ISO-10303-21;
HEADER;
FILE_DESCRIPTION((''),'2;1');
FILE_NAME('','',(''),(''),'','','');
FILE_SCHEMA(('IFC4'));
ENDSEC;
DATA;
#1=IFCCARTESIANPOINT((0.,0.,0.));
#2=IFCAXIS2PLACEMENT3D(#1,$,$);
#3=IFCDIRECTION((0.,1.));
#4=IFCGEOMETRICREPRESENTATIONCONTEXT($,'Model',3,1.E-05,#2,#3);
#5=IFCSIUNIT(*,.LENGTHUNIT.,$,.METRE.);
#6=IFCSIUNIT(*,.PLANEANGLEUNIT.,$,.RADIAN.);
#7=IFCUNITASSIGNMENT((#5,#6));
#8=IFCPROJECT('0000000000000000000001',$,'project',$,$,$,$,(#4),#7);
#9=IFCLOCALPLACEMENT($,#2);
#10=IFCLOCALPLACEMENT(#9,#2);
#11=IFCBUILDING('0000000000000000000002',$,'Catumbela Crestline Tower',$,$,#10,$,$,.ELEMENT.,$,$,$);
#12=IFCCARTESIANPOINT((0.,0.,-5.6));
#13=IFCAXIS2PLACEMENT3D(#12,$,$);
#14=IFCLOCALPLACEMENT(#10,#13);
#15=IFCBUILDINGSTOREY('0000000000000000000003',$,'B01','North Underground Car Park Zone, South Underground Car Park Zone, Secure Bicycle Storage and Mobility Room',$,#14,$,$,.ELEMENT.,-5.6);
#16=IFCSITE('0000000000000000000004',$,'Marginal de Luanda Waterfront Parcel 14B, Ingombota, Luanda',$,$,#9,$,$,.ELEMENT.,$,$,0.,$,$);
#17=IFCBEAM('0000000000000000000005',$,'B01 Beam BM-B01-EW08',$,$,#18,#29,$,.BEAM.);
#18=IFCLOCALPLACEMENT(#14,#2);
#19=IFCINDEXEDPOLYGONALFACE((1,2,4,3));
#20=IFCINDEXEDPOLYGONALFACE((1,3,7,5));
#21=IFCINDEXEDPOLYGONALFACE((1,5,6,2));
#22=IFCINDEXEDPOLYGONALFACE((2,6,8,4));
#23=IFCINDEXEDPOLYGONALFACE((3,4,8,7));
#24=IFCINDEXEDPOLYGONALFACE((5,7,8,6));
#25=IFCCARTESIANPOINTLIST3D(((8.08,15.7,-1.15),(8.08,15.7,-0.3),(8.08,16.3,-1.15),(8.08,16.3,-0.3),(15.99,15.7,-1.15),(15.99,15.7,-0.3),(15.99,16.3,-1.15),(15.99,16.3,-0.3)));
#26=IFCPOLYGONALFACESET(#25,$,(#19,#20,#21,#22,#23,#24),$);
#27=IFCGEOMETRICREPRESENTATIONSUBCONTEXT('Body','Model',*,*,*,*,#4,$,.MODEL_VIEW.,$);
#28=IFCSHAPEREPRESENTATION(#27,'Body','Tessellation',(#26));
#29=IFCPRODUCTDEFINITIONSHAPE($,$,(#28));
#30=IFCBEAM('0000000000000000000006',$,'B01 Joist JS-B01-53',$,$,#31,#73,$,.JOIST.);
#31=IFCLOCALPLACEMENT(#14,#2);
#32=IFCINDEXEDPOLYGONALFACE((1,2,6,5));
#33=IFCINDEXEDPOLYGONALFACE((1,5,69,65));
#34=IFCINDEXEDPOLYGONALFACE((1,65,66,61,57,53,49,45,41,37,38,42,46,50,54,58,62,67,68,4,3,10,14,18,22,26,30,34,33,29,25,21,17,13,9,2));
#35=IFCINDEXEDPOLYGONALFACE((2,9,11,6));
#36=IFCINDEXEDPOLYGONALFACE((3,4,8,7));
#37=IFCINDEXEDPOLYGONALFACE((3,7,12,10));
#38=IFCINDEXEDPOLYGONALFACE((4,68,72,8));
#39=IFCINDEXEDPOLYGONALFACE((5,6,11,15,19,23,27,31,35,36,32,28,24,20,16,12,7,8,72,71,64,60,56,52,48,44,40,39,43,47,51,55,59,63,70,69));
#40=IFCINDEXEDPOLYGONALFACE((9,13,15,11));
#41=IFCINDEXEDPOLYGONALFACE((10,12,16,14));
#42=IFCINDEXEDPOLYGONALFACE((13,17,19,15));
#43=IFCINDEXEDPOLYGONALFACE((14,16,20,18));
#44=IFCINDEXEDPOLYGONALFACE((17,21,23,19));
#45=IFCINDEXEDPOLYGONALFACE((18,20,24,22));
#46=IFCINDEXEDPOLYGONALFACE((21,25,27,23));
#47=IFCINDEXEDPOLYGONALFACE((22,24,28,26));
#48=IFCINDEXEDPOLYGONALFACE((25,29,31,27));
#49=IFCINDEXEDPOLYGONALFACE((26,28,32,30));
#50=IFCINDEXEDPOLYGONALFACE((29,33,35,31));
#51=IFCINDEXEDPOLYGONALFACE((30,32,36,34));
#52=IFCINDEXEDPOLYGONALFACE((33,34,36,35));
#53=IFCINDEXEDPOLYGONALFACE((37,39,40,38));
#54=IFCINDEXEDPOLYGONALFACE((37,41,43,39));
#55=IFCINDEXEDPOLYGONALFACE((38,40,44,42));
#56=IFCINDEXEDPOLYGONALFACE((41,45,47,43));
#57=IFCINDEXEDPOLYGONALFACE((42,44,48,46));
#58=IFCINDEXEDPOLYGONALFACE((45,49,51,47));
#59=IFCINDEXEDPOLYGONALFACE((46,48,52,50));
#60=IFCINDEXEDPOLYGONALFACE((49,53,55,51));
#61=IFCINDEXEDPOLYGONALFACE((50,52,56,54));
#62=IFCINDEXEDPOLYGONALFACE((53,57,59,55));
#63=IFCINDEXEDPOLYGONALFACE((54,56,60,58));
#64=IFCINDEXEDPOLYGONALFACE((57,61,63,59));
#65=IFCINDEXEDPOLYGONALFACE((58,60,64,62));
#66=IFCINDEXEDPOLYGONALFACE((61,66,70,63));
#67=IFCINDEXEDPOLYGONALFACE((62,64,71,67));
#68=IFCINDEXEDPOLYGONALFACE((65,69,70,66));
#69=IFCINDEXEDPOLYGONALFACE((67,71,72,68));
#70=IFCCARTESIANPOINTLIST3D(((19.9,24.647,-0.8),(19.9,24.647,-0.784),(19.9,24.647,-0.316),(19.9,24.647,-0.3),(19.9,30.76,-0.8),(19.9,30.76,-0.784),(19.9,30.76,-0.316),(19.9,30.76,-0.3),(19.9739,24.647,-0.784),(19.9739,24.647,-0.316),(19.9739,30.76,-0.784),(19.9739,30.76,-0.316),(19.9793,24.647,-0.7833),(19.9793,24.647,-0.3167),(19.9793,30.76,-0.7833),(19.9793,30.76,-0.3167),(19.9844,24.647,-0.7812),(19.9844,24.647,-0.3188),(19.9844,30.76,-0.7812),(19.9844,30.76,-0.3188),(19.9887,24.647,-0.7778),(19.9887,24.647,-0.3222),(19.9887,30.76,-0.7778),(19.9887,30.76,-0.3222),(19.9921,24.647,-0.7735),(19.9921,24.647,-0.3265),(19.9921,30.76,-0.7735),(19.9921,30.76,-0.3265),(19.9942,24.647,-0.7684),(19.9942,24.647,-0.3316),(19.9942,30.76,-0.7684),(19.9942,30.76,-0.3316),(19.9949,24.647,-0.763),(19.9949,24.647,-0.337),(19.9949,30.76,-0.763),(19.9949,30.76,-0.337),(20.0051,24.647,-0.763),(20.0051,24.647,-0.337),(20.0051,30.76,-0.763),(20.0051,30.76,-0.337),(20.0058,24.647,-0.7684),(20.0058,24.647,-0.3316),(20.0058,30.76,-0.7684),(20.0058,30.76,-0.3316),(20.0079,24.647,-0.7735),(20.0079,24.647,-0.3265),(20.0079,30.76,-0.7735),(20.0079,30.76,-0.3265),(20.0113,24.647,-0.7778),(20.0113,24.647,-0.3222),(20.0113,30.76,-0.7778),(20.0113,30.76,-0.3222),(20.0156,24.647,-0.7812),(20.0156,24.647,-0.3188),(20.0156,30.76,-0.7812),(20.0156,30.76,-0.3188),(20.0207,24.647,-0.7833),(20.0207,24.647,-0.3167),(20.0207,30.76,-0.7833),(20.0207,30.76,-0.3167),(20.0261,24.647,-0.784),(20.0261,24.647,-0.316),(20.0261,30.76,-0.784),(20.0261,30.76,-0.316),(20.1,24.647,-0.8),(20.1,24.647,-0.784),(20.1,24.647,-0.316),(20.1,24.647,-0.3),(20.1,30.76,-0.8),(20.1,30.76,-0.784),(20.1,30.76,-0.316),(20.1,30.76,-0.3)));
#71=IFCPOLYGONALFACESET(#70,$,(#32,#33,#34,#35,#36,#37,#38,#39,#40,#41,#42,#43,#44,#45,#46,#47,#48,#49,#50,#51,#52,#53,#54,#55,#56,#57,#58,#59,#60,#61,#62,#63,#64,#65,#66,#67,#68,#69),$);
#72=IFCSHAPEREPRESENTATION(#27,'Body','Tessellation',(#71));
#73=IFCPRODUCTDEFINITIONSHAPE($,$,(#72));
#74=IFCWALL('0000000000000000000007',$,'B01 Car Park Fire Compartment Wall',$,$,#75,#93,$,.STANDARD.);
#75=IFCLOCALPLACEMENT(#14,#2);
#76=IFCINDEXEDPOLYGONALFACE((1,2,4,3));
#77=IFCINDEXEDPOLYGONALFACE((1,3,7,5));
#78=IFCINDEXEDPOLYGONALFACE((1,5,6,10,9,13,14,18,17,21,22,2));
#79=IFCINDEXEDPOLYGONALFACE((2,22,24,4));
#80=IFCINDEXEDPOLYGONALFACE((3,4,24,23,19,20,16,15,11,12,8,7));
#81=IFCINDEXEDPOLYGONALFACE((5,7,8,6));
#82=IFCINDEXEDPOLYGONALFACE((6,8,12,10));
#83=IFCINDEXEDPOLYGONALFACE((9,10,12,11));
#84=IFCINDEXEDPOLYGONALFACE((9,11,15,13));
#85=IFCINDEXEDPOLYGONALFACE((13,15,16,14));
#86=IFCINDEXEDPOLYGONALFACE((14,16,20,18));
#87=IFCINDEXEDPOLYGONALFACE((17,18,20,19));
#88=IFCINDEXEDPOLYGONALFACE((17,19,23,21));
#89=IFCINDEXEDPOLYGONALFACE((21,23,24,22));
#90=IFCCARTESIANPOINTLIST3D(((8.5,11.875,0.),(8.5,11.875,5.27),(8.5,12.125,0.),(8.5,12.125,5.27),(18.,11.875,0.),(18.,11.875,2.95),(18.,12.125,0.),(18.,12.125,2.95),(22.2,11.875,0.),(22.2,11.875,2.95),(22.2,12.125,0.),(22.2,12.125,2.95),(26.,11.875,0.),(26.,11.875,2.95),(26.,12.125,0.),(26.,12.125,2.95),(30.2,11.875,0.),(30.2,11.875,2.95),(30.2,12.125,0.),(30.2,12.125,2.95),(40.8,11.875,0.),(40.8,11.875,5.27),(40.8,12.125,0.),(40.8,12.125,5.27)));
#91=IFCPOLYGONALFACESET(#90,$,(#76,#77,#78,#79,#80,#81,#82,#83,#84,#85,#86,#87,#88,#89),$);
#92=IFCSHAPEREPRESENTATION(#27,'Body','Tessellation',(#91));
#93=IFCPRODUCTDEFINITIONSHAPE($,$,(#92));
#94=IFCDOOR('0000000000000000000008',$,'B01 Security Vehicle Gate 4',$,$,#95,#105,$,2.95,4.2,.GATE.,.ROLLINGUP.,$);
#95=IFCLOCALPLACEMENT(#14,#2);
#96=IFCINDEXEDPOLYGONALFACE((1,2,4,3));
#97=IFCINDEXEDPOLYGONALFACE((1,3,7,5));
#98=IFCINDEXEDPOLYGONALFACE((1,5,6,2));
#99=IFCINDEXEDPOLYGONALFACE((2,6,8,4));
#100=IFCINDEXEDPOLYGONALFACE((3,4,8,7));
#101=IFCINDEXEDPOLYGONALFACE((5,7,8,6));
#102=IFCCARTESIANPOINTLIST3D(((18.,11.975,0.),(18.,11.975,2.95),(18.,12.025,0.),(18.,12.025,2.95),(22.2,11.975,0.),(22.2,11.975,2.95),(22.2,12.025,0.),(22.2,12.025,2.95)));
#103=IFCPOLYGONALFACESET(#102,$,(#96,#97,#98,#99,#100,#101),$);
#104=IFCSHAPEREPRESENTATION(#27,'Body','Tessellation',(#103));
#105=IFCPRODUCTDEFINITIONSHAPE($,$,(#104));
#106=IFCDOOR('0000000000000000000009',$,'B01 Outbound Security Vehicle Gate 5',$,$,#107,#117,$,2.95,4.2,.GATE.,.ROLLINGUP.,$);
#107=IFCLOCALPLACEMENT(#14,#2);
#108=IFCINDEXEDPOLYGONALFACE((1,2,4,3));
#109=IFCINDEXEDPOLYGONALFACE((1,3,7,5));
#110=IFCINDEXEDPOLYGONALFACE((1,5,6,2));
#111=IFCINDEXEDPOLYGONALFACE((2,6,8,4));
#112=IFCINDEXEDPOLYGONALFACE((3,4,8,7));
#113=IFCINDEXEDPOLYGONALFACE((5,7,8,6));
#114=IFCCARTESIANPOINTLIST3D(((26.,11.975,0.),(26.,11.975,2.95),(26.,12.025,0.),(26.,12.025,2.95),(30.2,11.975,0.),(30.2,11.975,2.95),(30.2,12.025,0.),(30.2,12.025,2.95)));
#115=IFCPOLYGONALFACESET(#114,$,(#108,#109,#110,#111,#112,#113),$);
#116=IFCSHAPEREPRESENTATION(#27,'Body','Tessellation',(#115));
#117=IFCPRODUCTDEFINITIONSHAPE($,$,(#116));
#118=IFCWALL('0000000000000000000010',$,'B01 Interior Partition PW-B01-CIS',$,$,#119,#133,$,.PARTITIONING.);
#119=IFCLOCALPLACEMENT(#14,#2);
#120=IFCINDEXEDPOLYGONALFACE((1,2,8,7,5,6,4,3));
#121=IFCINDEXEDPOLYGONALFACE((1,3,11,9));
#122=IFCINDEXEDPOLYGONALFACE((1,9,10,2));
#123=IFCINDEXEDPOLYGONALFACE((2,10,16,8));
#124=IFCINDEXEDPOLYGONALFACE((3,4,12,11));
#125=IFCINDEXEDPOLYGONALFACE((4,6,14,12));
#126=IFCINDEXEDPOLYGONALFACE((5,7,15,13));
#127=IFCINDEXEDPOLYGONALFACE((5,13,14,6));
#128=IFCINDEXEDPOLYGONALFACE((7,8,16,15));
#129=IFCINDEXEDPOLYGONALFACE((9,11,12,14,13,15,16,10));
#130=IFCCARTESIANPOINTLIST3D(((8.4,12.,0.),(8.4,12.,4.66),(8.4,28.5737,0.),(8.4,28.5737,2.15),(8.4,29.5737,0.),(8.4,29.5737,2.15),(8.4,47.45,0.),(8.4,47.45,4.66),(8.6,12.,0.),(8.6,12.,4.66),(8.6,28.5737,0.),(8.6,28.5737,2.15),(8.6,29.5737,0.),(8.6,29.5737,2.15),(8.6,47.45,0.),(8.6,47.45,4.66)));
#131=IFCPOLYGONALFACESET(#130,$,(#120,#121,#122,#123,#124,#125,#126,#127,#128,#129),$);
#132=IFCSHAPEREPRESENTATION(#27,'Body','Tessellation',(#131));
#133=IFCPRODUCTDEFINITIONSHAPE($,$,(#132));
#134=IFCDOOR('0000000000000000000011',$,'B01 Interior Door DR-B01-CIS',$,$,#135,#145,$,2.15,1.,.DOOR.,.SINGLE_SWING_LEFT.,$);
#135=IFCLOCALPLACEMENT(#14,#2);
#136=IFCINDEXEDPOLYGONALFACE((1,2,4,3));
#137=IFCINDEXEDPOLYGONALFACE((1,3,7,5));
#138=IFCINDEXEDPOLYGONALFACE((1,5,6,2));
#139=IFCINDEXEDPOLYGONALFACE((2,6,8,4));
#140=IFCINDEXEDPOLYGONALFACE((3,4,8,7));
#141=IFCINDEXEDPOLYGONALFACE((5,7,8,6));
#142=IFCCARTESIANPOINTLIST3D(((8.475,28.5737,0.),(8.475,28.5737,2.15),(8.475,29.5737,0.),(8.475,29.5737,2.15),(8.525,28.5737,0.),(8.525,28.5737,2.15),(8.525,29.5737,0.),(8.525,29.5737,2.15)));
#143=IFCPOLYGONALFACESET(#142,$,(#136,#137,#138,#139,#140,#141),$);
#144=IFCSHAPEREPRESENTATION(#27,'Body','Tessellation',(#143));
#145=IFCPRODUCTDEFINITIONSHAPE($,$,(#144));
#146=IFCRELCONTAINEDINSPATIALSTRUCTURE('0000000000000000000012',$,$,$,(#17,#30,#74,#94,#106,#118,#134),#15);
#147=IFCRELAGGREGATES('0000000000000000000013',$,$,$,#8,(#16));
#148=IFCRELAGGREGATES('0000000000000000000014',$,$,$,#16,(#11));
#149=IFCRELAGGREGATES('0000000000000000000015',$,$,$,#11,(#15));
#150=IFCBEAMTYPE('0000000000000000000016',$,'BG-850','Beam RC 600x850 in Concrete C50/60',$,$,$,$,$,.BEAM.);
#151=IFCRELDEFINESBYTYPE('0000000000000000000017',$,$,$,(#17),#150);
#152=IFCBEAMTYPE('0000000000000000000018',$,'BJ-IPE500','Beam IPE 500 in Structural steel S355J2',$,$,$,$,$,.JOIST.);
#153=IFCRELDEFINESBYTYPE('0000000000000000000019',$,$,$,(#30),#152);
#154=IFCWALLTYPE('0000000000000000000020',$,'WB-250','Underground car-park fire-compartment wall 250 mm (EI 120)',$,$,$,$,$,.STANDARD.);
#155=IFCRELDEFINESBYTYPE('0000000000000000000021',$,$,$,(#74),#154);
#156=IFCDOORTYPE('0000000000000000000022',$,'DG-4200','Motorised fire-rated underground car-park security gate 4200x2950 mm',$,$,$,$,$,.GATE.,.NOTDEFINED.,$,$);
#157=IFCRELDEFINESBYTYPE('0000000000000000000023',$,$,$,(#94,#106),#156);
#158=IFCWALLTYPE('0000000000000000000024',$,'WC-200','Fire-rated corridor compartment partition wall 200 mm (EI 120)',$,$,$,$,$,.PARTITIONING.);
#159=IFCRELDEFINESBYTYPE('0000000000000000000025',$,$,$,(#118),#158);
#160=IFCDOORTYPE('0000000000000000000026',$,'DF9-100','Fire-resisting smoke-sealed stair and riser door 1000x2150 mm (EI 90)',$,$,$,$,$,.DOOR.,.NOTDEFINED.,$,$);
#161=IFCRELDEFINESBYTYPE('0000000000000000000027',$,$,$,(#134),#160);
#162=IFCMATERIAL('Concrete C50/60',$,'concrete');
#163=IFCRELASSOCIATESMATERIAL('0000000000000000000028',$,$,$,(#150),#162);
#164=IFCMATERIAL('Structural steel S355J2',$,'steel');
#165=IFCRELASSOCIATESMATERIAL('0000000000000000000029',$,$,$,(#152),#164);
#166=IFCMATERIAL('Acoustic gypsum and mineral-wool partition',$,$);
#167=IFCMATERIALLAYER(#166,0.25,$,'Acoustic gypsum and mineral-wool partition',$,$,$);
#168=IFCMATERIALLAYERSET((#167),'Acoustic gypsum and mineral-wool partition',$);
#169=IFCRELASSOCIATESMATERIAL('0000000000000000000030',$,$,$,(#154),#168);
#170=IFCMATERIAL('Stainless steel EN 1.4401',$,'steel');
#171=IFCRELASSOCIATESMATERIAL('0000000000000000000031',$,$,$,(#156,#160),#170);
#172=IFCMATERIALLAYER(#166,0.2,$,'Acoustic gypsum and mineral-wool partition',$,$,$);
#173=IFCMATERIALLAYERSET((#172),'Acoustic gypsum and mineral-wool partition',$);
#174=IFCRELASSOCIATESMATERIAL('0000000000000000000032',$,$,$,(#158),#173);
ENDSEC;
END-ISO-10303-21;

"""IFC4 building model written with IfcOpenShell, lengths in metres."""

from ifc_helpers import new_model, si_unit, direction, frame, frame_2d, origin, origin_2d, place, context, subcontext, project, spatial, rectangle, i_section, extrude, material, layer, layer_set, material_profile, profile_set, type_object, element, fill, save


model = new_model("IFC4")

# Units and contexts
model_context = context("Model", 3, precision=1e-05, world=origin(), true_north=direction((0.0, 1.0)))
body_context = subcontext(model_context, "Body", "Model", "MODEL_VIEW")
ifc_project = project(units=[si_unit("LENGTHUNIT", "METRE"), si_unit("PLANEANGLEUNIT", "RADIAN")], contexts=[model_context])

# Site, building, storey
site_placement = place(None, origin())
site = spatial("IfcSite", under=ifc_project, at=site_placement, Name="Marginal de Luanda Waterfront Parcel 14B, Ingombota, Luanda", CompositionType="ELEMENT", RefElevation=0.0)
building_placement = place(site_placement, origin())
building = spatial("IfcBuilding", under=site, at=building_placement, Name="Catumbela Crestline Tower", CompositionType="ELEMENT")
storey_placement = place(building_placement, frame((0.0, 0.0, -5.6)))
storey = spatial("IfcBuildingStorey", under=building, at=storey_placement, Name="B01", Description="North Underground Car Park Zone, South Underground Car Park Zone, Secure Bicycle Storage and Mobility Room", CompositionType="ELEMENT", Elevation=-5.6)

# Shared definitions
ifc_material_1 = material(Name="Concrete C50/60", Category="concrete")

# Beams
ifc_material_2 = material(Name="Structural steel S355J2", Category="steel")
ifc_material_profile_1 = material_profile(ifc_material_1, rectangle(XDim=0.6, YDim=0.85, at=origin_2d()), Name="RC 600x850")
ifc_profile_set_1 = profile_set([ifc_material_profile_1], Name="Concrete C50/60")
beam_type_1 = type_object("IfcBeamType", Name="BG-850", Description="Beam RC 600x850 in Concrete C50/60", PredefinedType="BEAM", material=ifc_profile_set_1)
beam_1_placement = place(storey_placement, frame((8.08, 16.0, -0.725), z_axis=(1.0, 0.0, 0.0), x_axis=(0.0, 1.0, 0.0)))
element("IfcBeam", 1, at=beam_1_placement, inside=storey, type_object=beam_type_1, Name="B01 Beam BM-B01-EW08", PredefinedType="BEAM", context=body_context, shape_type="SweptSolid", body=[
    extrude(rectangle(XDim=0.6, YDim=0.85, at=origin_2d()), origin(), (0.0, 0.0, 1.0), 7.91),
])
ifc_material_profile_2 = material_profile(ifc_material_2, i_section(OverallWidth=0.2, OverallDepth=0.5, WebThickness=0.0102, FlangeThickness=0.016, FilletRadius=0.021, at=origin_2d()), Name="IPE 500")
ifc_profile_set_2 = profile_set([ifc_material_profile_2], Name="Structural steel S355J2")
beam_type_2 = type_object("IfcBeamType", Name="BJ-IPE500", Description="Beam IPE 500 in Structural steel S355J2", PredefinedType="JOIST", material=ifc_profile_set_2)
beam_2_placement = place(storey_placement, frame((20.0, 24.647, -0.55), z_axis=(0.0, 1.0, 0.0), x_axis=(-1.0, 0.0, 0.0)))
element("IfcBeam", 2, at=beam_2_placement, inside=storey, type_object=beam_type_2, Name="B01 Joist JS-B01-53", PredefinedType="JOIST", context=body_context, shape_type="SweptSolid", body=[
    extrude(i_section(OverallWidth=0.2, OverallDepth=0.5, WebThickness=0.0102, FlangeThickness=0.016, FilletRadius=0.021, at=origin_2d()), origin(), (0.0, 0.0, 1.0), 6.113),
])

# Wall, openings, doors
ifc_material_3 = material(Name="Acoustic gypsum and mineral-wool partition")
ifc_layer_1 = layer(ifc_material_3, 0.25, Name="Acoustic gypsum and mineral-wool partition")
ifc_layer_set_1 = layer_set([ifc_layer_1], Name="Acoustic gypsum and mineral-wool partition")
wall_type_1 = type_object("IfcWallType", Name="WB-250", Description="Underground car-park fire-compartment wall 250 mm (EI 120)", PredefinedType="STANDARD", material=ifc_layer_set_1)
wall_1_placement = place(storey_placement, frame((8.5, 12.0, 0.0), z_axis=(0.0, 0.0, 1.0), x_axis=(1.0, 0.0, 0.0)))
wall_1 = element("IfcWall", 3, at=wall_1_placement, inside=storey, type_object=wall_type_1, Name="B01 Car Park Fire Compartment Wall", PredefinedType="STANDARD", context=body_context, shape_type="SweptSolid", body=[
    extrude(rectangle(XDim=32.3, YDim=0.25, at=frame_2d((16.15, 0.0))), origin(), (0.0, 0.0, 1.0), 5.27),
])
opening_1_placement = place(wall_1_placement, frame((9.5, 0.0, 0.0)))
opening_1 = element("IfcOpeningElement", 4, at=opening_1_placement, cuts=wall_1, PredefinedType="OPENING", context=body_context, shape_type="SweptSolid", body=[
    extrude(rectangle(XDim=4.2, YDim=2.95, at=frame_2d((2.1, 1.475))), frame((0.0, 0.135, 0.0), z_axis=(0.0, -1.0, 0.0), x_axis=(1.0, 0.0, 0.0)), (0.0, 0.0, 1.0), 0.27),
])
opening_2_placement = place(wall_1_placement, frame((17.5, 0.0, 0.0)))
opening_2 = element("IfcOpeningElement", 5, at=opening_2_placement, cuts=wall_1, PredefinedType="OPENING", context=body_context, shape_type="SweptSolid", body=[
    extrude(rectangle(XDim=4.2, YDim=2.95, at=frame_2d((2.1, 1.475))), frame((0.0, 0.135, 0.0), z_axis=(0.0, -1.0, 0.0), x_axis=(1.0, 0.0, 0.0)), (0.0, 0.0, 1.0), 0.27),
])
ifc_material_4 = material(Name="Stainless steel EN 1.4401", Category="steel")
door_type_1 = type_object("IfcDoorType", Name="DG-4200", Description="Motorised fire-rated underground car-park security gate 4200x2950 mm", OperationType="NOTDEFINED", PredefinedType="GATE", material=ifc_material_4)
door_1_placement = place(opening_1_placement, origin())
door_1 = element("IfcDoor", 6, at=door_1_placement, inside=storey, type_object=door_type_1, Name="B01 Security Vehicle Gate 4", OperationType="ROLLINGUP", OverallHeight=2.95, OverallWidth=4.2, PredefinedType="GATE", context=body_context, shape_type="SweptSolid", body=[
    extrude(rectangle(XDim=4.2, YDim=2.95, at=frame_2d((2.1, 1.475))), frame((0.0, 0.025, 0.0), z_axis=(0.0, -1.0, 0.0), x_axis=(1.0, 0.0, 0.0)), (0.0, 0.0, 1.0), 0.05),
])
fill(opening_1, door_1)
door_2_placement = place(opening_2_placement, origin())
door_2 = element("IfcDoor", 7, at=door_2_placement, inside=storey, type_object=door_type_1, Name="B01 Outbound Security Vehicle Gate 5", OperationType="ROLLINGUP", OverallHeight=2.95, OverallWidth=4.2, PredefinedType="GATE", context=body_context, shape_type="SweptSolid", body=[
    extrude(rectangle(XDim=4.2, YDim=2.95, at=frame_2d((2.1, 1.475))), frame((0.0, 0.025, 0.0), z_axis=(0.0, -1.0, 0.0), x_axis=(1.0, 0.0, 0.0)), (0.0, 0.0, 1.0), 0.05),
])
fill(opening_2, door_2)

# Wall, opening, door
ifc_layer_2 = layer(ifc_material_3, 0.2, Name="Acoustic gypsum and mineral-wool partition")
ifc_layer_set_2 = layer_set([ifc_layer_2], Name="Acoustic gypsum and mineral-wool partition")
wall_type_2 = type_object("IfcWallType", Name="WC-200", Description="Fire-rated corridor compartment partition wall 200 mm (EI 120)", PredefinedType="PARTITIONING", material=ifc_layer_set_2)
wall_2_placement = place(storey_placement, frame((8.5, 12.0, 0.0), z_axis=(0.0, 0.0, 1.0), x_axis=(0.0, 1.0, 0.0)))
wall_2 = element("IfcWall", 8, at=wall_2_placement, inside=storey, type_object=wall_type_2, Name="B01 Interior Partition PW-B01-CIS", PredefinedType="PARTITIONING", context=body_context, shape_type="SweptSolid", body=[
    extrude(rectangle(XDim=35.45, YDim=0.2, at=frame_2d((17.725, 0.0))), origin(), (0.0, 0.0, 1.0), 4.66),
])
opening_3_placement = place(wall_2_placement, frame((16.5737, 0.0, 0.0)))
opening_3 = element("IfcOpeningElement", 9, at=opening_3_placement, cuts=wall_2, PredefinedType="OPENING", context=body_context, shape_type="SweptSolid", body=[
    extrude(rectangle(XDim=1.0, YDim=2.15, at=frame_2d((0.5, 1.075))), frame((0.0, 0.11, 0.0), z_axis=(0.0, -1.0, 0.0), x_axis=(1.0, 0.0, 0.0)), (0.0, 0.0, 1.0), 0.22),
])
door_type_2 = type_object("IfcDoorType", Name="DF9-100", Description="Fire-resisting smoke-sealed stair and riser door 1000x2150 mm (EI 90)", OperationType="NOTDEFINED", PredefinedType="DOOR", material=ifc_material_4)
door_3_placement = place(opening_3_placement, origin())
door_3 = element("IfcDoor", 10, at=door_3_placement, inside=storey, type_object=door_type_2, Name="B01 Interior Door DR-B01-CIS", OperationType="SINGLE_SWING_LEFT", OverallHeight=2.15, OverallWidth=1.0, PredefinedType="DOOR", context=body_context, shape_type="SweptSolid", body=[
    extrude(rectangle(XDim=1.0, YDim=2.15, at=frame_2d((0.5, 1.075))), frame((0.0, 0.025, 0.0), z_axis=(0.0, -1.0, 0.0), x_axis=(1.0, 0.0, 0.0)), (0.0, 0.0, 1.0), 0.05),
])
fill(opening_3, door_3)

save(model, "model.ifc")
